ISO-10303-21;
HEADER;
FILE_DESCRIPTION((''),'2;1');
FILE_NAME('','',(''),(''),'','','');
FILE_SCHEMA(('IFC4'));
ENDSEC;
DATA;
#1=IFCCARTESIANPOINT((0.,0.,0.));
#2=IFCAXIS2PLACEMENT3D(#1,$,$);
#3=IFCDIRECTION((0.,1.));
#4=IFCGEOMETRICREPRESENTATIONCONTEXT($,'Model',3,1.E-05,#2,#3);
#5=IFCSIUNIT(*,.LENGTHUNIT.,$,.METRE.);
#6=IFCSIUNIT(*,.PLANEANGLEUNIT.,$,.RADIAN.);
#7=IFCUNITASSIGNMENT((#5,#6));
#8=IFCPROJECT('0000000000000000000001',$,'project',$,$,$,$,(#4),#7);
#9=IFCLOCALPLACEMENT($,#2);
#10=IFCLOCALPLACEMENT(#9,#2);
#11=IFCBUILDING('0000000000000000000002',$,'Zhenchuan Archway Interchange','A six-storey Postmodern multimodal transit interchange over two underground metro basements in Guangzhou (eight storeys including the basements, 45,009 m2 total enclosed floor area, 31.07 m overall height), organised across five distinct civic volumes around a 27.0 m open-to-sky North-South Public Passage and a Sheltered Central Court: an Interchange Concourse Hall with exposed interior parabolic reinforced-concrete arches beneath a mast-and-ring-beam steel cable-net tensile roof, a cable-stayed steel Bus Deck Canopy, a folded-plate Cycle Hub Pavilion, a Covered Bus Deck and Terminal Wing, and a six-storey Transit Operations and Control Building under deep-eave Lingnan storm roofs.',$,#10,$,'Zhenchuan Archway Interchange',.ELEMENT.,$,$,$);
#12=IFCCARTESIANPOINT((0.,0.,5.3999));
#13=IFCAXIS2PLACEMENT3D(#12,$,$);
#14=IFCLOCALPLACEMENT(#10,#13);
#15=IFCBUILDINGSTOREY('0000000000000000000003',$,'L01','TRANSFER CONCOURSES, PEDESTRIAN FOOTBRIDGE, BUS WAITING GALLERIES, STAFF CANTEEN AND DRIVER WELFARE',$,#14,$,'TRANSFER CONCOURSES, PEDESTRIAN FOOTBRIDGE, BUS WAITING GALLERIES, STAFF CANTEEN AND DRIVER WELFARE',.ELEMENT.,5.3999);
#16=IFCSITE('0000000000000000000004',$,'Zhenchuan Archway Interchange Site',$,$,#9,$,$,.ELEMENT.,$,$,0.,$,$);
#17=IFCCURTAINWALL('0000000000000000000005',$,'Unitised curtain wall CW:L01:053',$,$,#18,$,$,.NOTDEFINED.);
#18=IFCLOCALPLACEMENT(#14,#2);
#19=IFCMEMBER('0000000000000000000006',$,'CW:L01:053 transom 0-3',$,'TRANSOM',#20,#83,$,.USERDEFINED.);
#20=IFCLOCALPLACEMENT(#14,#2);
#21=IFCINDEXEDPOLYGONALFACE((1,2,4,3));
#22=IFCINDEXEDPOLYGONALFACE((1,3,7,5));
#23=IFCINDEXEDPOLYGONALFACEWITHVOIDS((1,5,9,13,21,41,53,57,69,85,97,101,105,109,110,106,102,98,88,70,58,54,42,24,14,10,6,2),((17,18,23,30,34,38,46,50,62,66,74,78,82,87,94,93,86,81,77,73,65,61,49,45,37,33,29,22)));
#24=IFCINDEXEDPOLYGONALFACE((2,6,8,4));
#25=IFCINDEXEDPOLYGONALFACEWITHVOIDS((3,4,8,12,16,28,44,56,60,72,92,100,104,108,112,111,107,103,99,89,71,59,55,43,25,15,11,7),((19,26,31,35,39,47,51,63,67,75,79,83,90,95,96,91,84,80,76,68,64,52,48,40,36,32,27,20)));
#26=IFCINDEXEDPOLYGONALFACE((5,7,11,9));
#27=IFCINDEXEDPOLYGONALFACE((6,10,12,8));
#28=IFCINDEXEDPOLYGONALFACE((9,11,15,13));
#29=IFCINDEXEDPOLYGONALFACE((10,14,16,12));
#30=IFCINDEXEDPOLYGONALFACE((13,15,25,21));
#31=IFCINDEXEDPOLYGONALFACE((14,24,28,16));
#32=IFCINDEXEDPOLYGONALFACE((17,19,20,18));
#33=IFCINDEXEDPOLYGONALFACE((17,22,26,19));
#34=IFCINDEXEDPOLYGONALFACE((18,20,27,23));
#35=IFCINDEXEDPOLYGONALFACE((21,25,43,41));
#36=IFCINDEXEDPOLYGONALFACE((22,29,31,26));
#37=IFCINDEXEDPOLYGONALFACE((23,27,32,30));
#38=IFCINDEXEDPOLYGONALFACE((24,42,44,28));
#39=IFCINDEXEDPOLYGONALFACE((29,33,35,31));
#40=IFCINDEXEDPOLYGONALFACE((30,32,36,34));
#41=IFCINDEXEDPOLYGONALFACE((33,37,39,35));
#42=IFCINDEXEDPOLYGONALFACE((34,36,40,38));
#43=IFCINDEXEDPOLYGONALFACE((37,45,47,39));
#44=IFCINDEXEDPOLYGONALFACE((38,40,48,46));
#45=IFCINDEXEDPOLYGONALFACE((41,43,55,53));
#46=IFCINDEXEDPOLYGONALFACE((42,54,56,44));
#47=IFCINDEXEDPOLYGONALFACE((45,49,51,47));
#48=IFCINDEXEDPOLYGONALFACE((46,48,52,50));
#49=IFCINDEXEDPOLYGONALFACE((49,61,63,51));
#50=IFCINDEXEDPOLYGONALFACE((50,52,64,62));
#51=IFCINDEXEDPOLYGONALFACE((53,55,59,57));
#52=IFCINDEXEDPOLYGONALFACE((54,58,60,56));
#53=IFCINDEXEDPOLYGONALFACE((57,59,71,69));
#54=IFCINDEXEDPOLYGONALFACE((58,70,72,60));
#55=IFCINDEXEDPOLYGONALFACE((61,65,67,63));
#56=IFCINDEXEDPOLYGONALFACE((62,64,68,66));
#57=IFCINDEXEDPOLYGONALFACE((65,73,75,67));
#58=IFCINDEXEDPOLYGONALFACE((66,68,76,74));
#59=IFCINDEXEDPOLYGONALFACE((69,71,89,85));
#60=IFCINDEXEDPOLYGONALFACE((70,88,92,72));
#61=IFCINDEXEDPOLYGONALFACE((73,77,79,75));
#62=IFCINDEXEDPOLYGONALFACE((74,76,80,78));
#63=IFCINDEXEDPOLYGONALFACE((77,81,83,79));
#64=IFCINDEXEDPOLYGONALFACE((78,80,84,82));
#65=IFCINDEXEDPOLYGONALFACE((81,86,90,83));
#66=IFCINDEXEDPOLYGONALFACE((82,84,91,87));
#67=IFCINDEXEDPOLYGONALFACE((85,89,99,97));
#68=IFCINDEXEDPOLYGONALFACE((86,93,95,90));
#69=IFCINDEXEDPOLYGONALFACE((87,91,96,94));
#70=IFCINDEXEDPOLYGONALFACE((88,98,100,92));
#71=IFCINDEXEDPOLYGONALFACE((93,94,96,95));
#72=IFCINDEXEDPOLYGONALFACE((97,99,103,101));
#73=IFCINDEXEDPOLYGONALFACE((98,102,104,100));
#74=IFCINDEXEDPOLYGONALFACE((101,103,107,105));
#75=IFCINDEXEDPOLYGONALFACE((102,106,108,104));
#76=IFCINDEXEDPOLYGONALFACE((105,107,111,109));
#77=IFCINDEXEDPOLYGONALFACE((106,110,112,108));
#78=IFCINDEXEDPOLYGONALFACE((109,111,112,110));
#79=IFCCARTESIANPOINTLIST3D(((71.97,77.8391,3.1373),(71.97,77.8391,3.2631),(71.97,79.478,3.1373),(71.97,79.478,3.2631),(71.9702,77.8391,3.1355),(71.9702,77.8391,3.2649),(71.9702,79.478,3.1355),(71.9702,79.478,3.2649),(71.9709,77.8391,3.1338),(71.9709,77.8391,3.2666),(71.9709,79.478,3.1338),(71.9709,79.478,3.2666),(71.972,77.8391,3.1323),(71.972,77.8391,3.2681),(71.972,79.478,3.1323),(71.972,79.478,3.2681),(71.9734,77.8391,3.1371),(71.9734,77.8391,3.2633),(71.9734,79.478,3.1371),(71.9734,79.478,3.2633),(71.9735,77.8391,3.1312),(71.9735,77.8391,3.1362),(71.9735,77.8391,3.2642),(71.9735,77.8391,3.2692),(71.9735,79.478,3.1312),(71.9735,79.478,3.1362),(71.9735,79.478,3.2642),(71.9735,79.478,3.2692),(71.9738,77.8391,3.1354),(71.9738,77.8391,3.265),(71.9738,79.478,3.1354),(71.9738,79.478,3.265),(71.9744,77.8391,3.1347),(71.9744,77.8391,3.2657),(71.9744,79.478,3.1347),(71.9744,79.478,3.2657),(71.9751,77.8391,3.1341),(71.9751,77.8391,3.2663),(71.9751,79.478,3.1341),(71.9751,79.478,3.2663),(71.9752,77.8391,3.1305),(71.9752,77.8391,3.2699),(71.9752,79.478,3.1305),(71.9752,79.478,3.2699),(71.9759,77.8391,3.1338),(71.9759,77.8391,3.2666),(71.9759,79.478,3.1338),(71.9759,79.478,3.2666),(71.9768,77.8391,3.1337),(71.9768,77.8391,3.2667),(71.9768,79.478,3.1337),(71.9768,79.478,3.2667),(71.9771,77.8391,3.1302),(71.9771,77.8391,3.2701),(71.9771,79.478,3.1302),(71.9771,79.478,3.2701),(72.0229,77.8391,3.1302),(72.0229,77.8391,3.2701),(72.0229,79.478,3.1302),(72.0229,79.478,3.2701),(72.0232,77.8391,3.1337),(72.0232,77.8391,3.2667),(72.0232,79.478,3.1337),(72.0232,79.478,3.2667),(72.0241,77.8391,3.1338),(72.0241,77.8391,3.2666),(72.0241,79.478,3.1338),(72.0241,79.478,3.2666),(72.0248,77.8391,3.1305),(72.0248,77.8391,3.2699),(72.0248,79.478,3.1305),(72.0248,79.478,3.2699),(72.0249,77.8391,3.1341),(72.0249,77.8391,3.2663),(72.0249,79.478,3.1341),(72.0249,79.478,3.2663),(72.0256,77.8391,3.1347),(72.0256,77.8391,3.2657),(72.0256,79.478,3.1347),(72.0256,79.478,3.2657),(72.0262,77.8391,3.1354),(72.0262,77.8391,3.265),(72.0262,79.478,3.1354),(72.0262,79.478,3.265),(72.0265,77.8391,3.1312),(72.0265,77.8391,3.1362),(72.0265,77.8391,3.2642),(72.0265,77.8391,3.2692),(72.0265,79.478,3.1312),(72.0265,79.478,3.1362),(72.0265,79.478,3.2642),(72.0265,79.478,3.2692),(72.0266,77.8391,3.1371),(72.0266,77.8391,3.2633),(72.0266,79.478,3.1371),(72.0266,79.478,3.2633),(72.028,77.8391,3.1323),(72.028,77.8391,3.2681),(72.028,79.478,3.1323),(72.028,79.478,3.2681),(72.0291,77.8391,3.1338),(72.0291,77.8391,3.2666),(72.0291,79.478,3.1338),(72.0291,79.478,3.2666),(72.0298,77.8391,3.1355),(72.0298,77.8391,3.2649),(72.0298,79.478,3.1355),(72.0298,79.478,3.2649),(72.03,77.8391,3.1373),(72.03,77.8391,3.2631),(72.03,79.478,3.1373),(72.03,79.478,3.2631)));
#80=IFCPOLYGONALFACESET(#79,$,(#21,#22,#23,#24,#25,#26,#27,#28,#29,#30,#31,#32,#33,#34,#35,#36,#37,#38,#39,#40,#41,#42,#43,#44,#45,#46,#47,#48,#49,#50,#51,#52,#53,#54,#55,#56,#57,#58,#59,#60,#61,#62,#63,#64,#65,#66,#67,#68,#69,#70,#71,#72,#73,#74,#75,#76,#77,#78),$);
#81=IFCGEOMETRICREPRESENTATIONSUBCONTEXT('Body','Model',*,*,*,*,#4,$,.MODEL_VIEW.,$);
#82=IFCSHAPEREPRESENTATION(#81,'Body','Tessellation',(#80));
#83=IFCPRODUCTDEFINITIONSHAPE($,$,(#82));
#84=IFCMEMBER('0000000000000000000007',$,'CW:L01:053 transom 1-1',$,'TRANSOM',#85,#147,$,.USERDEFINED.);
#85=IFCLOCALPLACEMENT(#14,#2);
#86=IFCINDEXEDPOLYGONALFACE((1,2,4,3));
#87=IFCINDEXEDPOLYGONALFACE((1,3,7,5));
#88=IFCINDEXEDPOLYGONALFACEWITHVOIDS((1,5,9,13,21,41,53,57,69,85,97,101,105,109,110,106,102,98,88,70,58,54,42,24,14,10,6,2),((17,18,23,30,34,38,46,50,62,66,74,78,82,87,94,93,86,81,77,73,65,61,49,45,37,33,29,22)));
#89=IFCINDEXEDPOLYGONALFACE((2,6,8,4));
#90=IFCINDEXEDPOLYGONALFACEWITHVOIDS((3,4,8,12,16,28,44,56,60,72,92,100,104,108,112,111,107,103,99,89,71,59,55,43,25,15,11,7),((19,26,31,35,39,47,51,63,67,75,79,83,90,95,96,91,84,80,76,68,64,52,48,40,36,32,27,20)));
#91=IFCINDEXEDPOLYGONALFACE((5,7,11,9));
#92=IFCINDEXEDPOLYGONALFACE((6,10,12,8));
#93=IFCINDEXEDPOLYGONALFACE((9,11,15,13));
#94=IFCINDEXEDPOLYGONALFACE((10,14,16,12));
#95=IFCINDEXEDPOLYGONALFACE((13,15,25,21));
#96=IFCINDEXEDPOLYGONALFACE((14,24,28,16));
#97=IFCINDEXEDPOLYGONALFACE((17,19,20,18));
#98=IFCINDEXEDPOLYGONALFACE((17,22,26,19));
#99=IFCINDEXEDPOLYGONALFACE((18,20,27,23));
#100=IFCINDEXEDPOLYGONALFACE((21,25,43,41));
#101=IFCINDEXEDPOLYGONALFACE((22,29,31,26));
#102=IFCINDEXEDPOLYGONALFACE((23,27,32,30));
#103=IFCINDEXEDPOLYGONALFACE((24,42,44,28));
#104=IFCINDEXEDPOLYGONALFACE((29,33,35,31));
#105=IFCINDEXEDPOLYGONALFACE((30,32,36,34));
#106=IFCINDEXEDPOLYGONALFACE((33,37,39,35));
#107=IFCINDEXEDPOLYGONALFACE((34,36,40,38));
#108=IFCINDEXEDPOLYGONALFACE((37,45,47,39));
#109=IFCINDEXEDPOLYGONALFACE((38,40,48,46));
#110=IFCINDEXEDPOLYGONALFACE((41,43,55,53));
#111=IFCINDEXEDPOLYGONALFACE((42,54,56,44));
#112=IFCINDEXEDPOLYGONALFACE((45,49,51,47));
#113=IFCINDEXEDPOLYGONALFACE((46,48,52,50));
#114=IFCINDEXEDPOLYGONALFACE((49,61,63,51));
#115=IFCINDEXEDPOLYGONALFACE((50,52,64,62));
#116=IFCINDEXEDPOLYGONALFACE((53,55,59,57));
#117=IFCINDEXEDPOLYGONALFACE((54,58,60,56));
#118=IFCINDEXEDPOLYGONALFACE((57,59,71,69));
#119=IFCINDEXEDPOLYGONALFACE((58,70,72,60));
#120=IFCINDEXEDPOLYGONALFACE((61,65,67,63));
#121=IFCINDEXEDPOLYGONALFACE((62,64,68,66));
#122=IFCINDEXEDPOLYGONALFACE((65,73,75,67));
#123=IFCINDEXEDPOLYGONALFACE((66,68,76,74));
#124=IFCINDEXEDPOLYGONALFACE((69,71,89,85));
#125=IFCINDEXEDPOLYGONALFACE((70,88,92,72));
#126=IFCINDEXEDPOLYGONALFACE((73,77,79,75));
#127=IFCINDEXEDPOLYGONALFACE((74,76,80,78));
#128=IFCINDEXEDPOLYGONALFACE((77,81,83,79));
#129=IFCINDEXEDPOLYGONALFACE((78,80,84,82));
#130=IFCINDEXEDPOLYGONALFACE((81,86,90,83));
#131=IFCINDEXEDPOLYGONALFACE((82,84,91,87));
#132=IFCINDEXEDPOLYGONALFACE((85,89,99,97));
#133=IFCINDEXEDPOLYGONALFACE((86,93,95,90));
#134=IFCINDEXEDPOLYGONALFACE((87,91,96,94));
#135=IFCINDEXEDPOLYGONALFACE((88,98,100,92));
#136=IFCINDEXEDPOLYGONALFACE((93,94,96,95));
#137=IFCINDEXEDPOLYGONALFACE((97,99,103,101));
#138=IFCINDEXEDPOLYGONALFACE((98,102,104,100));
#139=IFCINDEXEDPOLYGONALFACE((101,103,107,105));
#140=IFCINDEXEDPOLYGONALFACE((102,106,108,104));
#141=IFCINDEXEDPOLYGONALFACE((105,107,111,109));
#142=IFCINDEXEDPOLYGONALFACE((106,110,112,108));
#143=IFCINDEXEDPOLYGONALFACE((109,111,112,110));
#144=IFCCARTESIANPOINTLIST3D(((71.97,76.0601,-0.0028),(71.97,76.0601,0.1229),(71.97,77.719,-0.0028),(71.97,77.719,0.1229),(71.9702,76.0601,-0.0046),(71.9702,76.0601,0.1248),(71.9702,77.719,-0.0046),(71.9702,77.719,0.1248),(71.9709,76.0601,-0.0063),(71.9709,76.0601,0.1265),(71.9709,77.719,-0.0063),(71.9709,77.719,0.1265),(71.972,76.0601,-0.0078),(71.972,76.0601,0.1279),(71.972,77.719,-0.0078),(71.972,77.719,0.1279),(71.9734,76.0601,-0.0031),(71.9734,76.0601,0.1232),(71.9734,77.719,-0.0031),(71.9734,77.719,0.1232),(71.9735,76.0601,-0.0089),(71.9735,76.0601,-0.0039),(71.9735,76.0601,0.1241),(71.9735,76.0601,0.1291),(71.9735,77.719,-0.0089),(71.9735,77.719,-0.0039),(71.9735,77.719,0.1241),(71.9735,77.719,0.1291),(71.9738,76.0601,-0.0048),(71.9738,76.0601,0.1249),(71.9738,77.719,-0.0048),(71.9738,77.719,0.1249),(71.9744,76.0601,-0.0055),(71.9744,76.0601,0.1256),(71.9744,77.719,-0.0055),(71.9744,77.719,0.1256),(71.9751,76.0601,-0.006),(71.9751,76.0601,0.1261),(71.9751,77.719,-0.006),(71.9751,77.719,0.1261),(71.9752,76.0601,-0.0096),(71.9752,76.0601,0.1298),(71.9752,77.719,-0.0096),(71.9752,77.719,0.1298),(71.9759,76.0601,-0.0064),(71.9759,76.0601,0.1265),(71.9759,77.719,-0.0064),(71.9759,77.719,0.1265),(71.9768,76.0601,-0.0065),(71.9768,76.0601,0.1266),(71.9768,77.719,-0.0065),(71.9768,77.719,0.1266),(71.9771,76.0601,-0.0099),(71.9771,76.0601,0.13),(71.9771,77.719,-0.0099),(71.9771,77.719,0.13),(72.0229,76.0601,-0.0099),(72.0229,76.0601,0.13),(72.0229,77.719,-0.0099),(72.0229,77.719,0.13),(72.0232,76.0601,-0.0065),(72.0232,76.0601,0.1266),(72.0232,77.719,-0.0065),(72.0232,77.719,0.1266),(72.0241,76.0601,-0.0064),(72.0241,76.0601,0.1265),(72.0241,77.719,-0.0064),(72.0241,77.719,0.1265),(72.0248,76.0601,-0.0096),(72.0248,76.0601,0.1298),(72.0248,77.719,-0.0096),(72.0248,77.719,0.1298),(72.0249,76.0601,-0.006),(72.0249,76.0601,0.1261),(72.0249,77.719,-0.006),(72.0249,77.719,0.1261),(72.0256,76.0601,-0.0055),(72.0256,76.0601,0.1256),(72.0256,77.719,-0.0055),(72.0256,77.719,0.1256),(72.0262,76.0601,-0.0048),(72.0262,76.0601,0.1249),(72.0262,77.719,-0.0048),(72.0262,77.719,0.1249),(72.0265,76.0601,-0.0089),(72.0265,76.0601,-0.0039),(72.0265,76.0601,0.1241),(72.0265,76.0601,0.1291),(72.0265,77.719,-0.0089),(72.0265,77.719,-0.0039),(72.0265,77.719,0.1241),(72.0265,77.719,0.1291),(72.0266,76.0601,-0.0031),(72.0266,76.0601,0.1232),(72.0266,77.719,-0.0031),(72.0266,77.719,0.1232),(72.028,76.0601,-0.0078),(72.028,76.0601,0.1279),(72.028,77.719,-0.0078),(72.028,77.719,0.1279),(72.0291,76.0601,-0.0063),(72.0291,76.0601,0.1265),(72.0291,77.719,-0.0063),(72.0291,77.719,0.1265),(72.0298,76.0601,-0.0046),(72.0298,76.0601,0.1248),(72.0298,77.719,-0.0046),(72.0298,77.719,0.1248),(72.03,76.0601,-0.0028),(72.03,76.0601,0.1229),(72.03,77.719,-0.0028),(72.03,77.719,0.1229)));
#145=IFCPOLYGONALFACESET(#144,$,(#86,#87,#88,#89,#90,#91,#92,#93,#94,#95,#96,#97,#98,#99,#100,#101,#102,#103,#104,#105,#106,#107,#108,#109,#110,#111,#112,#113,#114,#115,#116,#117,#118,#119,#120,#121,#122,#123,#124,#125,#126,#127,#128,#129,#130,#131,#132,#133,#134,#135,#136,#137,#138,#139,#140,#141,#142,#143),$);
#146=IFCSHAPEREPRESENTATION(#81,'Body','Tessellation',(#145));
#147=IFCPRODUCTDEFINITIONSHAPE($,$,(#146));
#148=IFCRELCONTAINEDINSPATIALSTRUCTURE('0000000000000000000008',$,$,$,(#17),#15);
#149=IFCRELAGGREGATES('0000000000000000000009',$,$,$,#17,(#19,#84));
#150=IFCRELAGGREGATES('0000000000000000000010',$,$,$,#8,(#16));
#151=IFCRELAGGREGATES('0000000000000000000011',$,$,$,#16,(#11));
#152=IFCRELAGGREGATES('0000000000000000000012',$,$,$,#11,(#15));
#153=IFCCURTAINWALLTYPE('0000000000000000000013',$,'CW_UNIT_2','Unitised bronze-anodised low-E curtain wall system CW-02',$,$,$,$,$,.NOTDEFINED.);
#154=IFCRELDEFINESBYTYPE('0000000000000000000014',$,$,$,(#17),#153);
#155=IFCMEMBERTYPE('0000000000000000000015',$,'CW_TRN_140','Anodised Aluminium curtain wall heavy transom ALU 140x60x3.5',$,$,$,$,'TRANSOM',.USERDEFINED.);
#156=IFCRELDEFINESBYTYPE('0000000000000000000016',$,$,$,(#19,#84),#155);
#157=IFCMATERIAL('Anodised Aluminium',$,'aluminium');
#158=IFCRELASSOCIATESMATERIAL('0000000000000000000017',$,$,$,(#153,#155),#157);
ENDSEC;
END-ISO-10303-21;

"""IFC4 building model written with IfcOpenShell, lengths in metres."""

from ifc_helpers import new_model, si_unit, direction, frame, origin, origin_2d, place, context, subcontext, project, spatial, hollow_rectangle, extrude, material, material_profile, profile_set, type_object, element, aggregate, save


model = new_model("IFC4")

# Units and contexts
model_context = context("Model", 3, precision=1e-05, world=origin(), true_north=direction((0.0, 1.0)))
body_context = subcontext(model_context, "Body", "Model", "MODEL_VIEW")
ifc_project = project(units=[si_unit("LENGTHUNIT", "METRE"), si_unit("PLANEANGLEUNIT", "RADIAN")], contexts=[model_context])

# Site, building, storey
site_placement = place(None, origin())
site = spatial("IfcSite", under=ifc_project, at=site_placement, Name="Zhenchuan Archway Interchange Site", CompositionType="ELEMENT", RefElevation=0.0)
building_placement = place(site_placement, origin())
building = spatial("IfcBuilding", under=site, at=building_placement, Name="Zhenchuan Archway Interchange", Description="A six-storey Postmodern multimodal transit interchange over two underground metro basements in Guangzhou (eight storeys including the basements, 45,009 m2 total enclosed floor area, 31.07 m overall height), organised across five distinct civic volumes around a 27.0 m open-to-sky North-South Public Passage and a Sheltered Central Court: an Interchange Concourse Hall with exposed interior parabolic reinforced-concrete arches beneath a mast-and-ring-beam steel cable-net tensile roof, a cable-stayed steel Bus Deck Canopy, a folded-plate Cycle Hub Pavilion, a Covered Bus Deck and Terminal Wing, and a six-storey Transit Operations and Control Building under deep-eave Lingnan storm roofs.", LongName="Zhenchuan Archway Interchange", CompositionType="ELEMENT")
storey_placement = place(building_placement, frame((0.0, 0.0, 5.3999)))
storey = spatial("IfcBuildingStorey", under=building, at=storey_placement, Name="L01", Description="TRANSFER CONCOURSES, PEDESTRIAN FOOTBRIDGE, BUS WAITING GALLERIES, STAFF CANTEEN AND DRIVER WELFARE", LongName="TRANSFER CONCOURSES, PEDESTRIAN FOOTBRIDGE, BUS WAITING GALLERIES, STAFF CANTEEN AND DRIVER WELFARE", CompositionType="ELEMENT", Elevation=5.3999)

# Curtain wall, members
ifc_material_1 = material(Name="Anodised Aluminium", Category="aluminium")
curtain_wall_type = type_object("IfcCurtainWallType", Name="CW_UNIT_2", Description="Unitised bronze-anodised low-E curtain wall system CW-02", PredefinedType="NOTDEFINED", material=ifc_material_1)
curtain_wall_placement = place(storey_placement, origin())
curtain_wall = element("IfcCurtainWall", 1, at=curtain_wall_placement, inside=storey, type_object=curtain_wall_type, Name="Unitised curtain wall CW:L01:053", PredefinedType="NOTDEFINED")
ifc_material_profile_1 = material_profile(ifc_material_1, hollow_rectangle(XDim=0.0601, YDim=0.1399, WallThickness=0.0034, InnerFilletRadius=0.0034, OuterFilletRadius=0.0071, at=origin_2d()), Name="ALU 140x60x3.5")
ifc_profile_set_1 = profile_set([ifc_material_profile_1], Name="Anodised Aluminium")
member_type_1 = type_object("IfcMemberType", Name="CW_TRN_140", Description="Anodised Aluminium curtain wall heavy transom ALU 140x60x3.5", ElementType="TRANSOM", PredefinedType="USERDEFINED", material=ifc_profile_set_1)
member_1_placement = place(storey_placement, frame((72.0, 79.478, 3.2002), z_axis=(0.0, -1.0, 0.0), x_axis=(1.0, 0.0, 0.0)))
member_1 = element("IfcMember", 2, at=member_1_placement, type_object=member_type_1, Name="CW:L01:053 transom 0-3", ObjectType="TRANSOM", PredefinedType="USERDEFINED", context=body_context, shape_type="SweptSolid", body=[
    extrude(hollow_rectangle(XDim=0.0601, YDim=0.1399, WallThickness=0.0034, InnerFilletRadius=0.0034, OuterFilletRadius=0.0071, at=origin_2d()), origin(), (0.0, 0.0, 1.0), 1.6389),
])
member_2_placement = place(storey_placement, frame((72.0, 77.719, 0.0601), z_axis=(0.0, -1.0, 0.0), x_axis=(1.0, 0.0, 0.0)))
member_2 = element("IfcMember", 3, at=member_2_placement, type_object=member_type_1, Name="CW:L01:053 transom 1-1", ObjectType="TRANSOM", PredefinedType="USERDEFINED", context=body_context, shape_type="SweptSolid", body=[
    extrude(hollow_rectangle(XDim=0.0601, YDim=0.1399, WallThickness=0.0034, InnerFilletRadius=0.0034, OuterFilletRadius=0.0071, at=origin_2d()), origin(), (0.0, 0.0, 1.0), 1.6589),
])

aggregate(curtain_wall, [member_1, member_2])

save(model, "model.ifc")
